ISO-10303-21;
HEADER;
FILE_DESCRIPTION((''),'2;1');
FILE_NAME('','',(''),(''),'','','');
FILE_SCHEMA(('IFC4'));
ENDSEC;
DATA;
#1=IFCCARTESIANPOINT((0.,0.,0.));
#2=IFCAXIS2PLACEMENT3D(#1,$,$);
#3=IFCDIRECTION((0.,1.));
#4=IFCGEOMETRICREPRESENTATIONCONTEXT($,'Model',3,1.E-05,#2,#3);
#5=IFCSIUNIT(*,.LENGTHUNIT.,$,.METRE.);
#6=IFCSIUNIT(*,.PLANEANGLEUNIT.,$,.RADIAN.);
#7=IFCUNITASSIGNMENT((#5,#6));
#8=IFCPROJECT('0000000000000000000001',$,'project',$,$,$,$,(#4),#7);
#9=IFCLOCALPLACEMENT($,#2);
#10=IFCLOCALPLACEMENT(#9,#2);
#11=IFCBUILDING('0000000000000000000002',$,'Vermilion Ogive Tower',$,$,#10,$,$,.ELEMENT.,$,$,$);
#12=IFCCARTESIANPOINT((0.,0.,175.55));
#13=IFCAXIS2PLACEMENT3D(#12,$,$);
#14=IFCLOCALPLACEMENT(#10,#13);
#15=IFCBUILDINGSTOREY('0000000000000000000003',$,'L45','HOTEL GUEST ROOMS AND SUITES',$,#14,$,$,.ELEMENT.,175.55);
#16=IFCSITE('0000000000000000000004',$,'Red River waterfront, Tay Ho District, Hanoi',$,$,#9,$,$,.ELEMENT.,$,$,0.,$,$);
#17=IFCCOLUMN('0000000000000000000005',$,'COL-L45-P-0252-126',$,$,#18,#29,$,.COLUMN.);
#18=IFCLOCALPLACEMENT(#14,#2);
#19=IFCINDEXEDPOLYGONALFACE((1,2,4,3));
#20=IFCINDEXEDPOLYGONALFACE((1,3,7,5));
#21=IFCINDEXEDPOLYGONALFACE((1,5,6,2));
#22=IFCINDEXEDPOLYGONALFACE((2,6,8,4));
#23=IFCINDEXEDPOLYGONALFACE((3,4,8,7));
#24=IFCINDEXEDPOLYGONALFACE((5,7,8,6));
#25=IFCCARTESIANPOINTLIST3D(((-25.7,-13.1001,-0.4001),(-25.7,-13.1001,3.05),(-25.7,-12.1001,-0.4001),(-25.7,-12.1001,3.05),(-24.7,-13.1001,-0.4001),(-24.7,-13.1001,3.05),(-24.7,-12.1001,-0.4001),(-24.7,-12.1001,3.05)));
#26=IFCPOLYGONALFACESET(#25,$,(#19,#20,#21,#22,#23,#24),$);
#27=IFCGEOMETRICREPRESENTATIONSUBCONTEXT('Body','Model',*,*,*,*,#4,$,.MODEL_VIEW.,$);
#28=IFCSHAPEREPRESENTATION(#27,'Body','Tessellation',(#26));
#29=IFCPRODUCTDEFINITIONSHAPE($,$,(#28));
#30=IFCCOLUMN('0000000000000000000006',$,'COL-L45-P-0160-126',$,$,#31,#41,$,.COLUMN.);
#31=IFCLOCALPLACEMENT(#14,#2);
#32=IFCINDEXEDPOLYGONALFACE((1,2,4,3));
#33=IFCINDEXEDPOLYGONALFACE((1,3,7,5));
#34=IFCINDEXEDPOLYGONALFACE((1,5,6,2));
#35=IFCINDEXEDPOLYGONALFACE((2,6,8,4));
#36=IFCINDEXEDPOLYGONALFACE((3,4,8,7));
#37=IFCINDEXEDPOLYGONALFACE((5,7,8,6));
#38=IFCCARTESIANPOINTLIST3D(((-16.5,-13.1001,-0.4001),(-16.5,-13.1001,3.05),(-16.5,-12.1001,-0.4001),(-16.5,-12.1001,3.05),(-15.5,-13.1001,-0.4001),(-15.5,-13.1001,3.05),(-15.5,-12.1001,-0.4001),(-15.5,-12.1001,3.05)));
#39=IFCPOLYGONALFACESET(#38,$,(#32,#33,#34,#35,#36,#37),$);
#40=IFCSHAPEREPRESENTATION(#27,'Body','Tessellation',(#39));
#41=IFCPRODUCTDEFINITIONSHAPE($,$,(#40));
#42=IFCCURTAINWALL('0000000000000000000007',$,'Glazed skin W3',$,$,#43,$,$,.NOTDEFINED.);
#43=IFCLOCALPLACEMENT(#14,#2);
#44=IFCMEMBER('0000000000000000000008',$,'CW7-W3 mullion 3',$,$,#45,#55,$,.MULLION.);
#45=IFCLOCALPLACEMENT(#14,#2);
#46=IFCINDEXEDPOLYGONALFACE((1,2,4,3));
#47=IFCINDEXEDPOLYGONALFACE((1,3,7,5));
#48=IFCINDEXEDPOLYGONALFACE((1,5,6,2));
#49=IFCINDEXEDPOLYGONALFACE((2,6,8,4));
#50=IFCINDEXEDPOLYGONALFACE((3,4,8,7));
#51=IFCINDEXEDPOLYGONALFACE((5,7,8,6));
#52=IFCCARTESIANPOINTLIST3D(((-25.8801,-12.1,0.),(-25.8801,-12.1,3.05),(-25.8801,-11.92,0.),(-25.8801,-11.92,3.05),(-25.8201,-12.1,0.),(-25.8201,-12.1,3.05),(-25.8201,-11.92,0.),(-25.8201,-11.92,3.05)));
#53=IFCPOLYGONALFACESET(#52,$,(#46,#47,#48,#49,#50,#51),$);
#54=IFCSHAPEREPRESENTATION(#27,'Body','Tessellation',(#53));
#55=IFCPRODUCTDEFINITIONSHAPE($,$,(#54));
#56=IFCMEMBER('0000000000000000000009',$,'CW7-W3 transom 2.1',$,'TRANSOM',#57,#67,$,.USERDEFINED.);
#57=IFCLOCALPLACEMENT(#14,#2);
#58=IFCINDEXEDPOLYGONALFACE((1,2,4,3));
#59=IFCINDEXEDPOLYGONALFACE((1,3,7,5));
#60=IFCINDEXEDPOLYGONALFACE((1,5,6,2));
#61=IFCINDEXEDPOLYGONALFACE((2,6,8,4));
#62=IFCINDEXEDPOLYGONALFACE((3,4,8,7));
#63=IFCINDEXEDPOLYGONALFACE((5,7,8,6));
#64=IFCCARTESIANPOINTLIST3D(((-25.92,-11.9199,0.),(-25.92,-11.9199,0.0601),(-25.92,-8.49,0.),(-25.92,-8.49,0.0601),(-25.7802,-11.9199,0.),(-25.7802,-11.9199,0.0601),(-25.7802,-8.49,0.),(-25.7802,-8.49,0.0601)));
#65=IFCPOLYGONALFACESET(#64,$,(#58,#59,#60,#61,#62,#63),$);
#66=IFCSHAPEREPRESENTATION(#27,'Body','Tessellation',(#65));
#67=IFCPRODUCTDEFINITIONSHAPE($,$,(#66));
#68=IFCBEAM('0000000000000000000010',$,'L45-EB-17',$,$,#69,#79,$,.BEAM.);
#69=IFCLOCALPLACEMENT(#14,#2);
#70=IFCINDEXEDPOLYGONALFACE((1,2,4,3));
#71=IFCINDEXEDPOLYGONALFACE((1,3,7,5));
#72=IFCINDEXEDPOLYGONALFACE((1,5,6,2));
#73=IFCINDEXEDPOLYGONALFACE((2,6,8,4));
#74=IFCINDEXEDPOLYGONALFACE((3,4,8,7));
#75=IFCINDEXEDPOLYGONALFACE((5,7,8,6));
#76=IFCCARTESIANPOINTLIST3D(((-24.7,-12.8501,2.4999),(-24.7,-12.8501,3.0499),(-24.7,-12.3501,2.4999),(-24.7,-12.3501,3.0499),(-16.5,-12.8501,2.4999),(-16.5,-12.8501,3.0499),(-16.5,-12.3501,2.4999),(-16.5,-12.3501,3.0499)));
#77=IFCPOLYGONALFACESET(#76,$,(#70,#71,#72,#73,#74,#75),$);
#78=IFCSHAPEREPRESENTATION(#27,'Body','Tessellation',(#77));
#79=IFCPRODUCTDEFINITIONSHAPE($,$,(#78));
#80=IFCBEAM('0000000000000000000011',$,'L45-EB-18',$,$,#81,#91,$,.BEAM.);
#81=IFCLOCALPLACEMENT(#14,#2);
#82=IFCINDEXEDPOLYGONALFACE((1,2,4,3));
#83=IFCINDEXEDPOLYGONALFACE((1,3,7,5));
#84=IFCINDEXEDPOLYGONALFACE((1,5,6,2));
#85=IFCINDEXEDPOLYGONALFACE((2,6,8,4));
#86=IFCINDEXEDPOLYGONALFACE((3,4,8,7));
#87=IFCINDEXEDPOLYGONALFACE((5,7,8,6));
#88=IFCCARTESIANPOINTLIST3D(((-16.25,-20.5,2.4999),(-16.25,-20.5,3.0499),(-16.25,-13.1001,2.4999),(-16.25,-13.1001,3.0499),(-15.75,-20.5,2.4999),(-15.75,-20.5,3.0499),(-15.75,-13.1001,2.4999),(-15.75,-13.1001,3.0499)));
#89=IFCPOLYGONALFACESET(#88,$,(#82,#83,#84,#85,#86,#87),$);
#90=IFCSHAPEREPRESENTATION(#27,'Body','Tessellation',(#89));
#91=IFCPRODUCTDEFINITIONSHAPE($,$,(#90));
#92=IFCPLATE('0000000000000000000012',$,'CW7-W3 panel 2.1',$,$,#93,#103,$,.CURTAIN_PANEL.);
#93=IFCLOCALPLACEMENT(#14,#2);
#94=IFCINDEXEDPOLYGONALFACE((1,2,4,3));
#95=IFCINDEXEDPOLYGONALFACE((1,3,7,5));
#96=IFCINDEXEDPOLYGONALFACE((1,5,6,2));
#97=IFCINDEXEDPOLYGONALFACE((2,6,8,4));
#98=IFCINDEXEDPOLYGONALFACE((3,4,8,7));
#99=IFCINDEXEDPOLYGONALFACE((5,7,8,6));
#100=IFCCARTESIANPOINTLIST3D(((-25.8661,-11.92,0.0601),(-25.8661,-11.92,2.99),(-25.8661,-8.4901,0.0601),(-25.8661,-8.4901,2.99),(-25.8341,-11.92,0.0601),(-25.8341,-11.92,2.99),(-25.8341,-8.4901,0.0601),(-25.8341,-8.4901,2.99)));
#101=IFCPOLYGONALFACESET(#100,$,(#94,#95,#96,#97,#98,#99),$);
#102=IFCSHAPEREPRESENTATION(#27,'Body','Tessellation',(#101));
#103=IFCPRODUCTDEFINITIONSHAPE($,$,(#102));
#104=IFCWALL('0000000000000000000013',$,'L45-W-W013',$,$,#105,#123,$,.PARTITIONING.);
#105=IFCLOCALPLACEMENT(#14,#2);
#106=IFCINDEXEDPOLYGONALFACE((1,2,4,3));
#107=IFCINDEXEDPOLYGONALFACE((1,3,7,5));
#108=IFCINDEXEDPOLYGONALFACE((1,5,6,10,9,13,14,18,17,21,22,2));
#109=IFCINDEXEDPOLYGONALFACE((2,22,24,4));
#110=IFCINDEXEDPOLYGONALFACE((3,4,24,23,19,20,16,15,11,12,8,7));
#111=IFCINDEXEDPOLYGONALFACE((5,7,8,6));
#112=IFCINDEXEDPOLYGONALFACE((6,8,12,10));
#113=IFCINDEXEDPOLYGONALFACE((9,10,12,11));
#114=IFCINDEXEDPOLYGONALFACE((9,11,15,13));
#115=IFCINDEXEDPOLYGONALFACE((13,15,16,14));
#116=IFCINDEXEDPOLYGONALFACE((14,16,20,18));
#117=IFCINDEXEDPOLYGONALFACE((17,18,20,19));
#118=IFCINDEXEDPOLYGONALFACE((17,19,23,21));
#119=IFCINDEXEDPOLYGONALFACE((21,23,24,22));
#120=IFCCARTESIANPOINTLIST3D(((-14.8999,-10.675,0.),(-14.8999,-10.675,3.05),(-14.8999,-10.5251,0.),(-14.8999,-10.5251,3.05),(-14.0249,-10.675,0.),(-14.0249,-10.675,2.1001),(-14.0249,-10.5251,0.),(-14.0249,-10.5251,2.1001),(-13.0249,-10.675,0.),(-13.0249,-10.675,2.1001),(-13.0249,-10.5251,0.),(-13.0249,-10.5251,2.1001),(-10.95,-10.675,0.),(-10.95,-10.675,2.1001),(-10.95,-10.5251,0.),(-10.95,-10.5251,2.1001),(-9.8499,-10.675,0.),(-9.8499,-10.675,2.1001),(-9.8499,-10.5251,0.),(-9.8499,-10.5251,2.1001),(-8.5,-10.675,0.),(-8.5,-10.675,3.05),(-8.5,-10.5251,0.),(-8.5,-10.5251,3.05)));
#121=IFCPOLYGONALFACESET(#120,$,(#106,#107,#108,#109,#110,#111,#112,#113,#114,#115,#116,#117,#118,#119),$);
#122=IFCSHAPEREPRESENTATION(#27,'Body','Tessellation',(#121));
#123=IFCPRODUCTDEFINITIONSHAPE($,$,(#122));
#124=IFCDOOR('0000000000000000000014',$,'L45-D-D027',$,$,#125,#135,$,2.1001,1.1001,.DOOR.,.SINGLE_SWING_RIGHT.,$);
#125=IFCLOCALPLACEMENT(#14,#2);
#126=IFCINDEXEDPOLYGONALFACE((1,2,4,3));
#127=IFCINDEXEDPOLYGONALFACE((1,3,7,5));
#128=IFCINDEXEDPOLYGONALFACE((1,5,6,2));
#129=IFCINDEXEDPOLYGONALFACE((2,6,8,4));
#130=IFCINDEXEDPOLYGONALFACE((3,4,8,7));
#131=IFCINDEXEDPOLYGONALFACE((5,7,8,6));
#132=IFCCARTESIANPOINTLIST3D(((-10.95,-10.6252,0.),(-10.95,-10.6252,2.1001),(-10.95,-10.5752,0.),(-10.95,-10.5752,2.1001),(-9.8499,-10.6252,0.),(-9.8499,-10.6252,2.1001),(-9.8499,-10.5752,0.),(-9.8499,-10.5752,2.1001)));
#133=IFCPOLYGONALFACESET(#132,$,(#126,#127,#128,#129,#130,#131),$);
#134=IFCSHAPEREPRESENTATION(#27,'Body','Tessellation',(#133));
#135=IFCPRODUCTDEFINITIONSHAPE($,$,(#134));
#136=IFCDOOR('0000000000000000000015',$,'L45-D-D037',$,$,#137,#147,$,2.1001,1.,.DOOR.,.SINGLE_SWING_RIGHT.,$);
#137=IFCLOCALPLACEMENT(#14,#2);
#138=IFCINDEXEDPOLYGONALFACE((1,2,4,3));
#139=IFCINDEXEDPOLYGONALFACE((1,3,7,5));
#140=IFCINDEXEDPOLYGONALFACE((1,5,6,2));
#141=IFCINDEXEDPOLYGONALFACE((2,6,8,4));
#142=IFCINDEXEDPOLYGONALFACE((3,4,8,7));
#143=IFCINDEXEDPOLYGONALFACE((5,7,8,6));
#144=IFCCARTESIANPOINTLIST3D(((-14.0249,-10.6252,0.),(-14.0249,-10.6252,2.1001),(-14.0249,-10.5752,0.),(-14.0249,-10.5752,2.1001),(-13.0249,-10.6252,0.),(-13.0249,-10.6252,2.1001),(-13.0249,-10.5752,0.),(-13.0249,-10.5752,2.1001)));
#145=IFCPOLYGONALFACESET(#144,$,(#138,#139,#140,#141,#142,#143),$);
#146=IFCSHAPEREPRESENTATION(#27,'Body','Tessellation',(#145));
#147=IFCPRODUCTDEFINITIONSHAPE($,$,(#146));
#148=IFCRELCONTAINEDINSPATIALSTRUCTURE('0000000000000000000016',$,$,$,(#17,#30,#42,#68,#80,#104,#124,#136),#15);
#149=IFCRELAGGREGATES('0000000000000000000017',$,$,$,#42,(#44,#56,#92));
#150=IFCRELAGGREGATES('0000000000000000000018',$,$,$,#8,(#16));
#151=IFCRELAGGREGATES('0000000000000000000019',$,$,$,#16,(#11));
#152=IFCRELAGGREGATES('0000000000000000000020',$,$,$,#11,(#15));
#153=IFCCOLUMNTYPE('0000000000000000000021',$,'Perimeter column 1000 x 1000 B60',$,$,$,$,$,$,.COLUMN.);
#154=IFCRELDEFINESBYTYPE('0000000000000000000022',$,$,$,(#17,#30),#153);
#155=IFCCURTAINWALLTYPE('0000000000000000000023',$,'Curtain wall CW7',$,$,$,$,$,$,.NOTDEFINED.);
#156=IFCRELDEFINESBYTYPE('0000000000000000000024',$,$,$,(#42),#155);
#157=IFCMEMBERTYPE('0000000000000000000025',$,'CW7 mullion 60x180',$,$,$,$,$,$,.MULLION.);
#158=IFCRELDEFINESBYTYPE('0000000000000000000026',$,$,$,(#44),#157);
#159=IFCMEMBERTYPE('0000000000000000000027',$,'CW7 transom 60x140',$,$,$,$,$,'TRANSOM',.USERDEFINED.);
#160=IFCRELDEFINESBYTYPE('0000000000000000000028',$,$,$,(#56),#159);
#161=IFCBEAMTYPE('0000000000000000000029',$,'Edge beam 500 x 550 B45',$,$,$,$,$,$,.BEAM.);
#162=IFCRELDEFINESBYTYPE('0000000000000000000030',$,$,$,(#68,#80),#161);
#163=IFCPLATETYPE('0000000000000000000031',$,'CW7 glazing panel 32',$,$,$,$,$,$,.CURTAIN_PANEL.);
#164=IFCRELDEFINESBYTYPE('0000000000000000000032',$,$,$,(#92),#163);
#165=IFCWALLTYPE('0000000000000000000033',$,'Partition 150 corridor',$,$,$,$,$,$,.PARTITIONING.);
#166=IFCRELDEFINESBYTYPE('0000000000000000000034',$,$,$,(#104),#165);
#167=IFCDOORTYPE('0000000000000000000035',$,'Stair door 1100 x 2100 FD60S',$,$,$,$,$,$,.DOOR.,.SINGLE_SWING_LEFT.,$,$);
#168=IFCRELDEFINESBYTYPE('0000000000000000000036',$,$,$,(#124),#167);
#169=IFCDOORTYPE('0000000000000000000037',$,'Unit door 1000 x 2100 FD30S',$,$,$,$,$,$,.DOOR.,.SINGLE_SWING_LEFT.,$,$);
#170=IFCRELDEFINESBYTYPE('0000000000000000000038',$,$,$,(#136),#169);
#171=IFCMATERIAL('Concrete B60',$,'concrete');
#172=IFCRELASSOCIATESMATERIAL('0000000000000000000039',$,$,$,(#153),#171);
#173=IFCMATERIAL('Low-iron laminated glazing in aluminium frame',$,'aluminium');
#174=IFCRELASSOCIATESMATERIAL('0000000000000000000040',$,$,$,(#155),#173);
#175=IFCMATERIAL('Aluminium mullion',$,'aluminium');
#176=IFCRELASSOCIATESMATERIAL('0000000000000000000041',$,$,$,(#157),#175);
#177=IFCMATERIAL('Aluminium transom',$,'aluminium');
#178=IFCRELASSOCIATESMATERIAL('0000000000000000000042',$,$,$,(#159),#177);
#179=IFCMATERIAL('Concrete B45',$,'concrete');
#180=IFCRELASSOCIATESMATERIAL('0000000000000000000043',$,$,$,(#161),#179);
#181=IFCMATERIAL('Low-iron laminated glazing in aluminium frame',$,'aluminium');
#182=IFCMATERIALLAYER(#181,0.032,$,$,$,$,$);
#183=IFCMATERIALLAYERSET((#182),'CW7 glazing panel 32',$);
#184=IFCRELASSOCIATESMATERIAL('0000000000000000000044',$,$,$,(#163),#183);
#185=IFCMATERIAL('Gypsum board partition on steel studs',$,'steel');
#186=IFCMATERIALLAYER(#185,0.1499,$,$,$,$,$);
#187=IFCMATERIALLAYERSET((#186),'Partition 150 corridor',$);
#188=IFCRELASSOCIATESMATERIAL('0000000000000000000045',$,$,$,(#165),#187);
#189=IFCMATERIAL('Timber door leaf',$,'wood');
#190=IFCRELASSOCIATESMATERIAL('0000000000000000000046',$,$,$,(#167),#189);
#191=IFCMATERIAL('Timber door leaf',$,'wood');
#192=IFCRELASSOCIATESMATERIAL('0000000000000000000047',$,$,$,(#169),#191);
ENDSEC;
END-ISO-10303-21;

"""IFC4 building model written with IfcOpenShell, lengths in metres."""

from ifc_helpers import new_model, si_unit, direction, frame, frame_2d, origin, origin_2d, place, context, subcontext, project, spatial, rectangle, extrude, material, layer, layer_set, material_profile, profile_set, type_object, element, fill, aggregate, save


model = new_model("IFC4")

# Units and contexts
model_context = context("Model", 3, precision=1e-05, world=origin(), true_north=direction((0.0, 1.0)))
body_context = subcontext(model_context, "Body", "Model", "MODEL_VIEW")
ifc_project = project(units=[si_unit("LENGTHUNIT", "METRE"), si_unit("PLANEANGLEUNIT", "RADIAN")], contexts=[model_context])

# Site, building, storey
site_placement = place(None, origin())
site = spatial("IfcSite", under=ifc_project, at=site_placement, Name="Red River waterfront, Tay Ho District, Hanoi", CompositionType="ELEMENT", RefElevation=0.0)
building_placement = place(site_placement, origin())
building = spatial("IfcBuilding", under=site, at=building_placement, Name="Vermilion Ogive Tower", CompositionType="ELEMENT")
storey_placement = place(building_placement, frame((0.0, 0.0, 175.55)))
storey = spatial("IfcBuildingStorey", under=building, at=storey_placement, Name="L45", Description="HOTEL GUEST ROOMS AND SUITES", CompositionType="ELEMENT", Elevation=175.55)

# Columns
ifc_material_1 = material(Name="Concrete B60", Category="concrete")
ifc_material_profile_1 = material_profile(ifc_material_1, rectangle(XDim=1.0, YDim=1.0, at=origin_2d()), Name="1000 x 1000")
ifc_profile_set_1 = profile_set([ifc_material_profile_1], Name="Concrete B60")
column_type = type_object("IfcColumnType", Name="Perimeter column 1000 x 1000 B60", PredefinedType="COLUMN", material=ifc_profile_set_1)
for number, where, z_axis, x_axis, name in (
    (1, (-25.2, -12.6001, -0.4001), (0.0, 0.0, 1.0), (1.0, 0.0, 0.0), "COL-L45-P-0252-126"),
    (2, (-16.0, -12.6001, -0.4001), (0.0, 0.0, 1.0), (1.0, 0.0, 0.0), "COL-L45-P-0160-126"),
):
    element("IfcColumn", number, at=place(storey_placement, frame(where, z_axis=z_axis, x_axis=x_axis)), inside=storey, type_object=column_type, Name=name, PredefinedType="COLUMN", context=body_context, shape_type="SweptSolid", body=[
        extrude(rectangle(XDim=1.0, YDim=1.0, at=origin_2d()), origin(), (0.0, 0.0, 1.0), 3.4502),
    ])

# Curtain wall, members
ifc_material_2 = material(Name="Low-iron laminated glazing in aluminium frame", Category="aluminium")
curtain_wall_type = type_object("IfcCurtainWallType", Name="Curtain wall CW7", PredefinedType="NOTDEFINED", material=ifc_material_2)
curtain_wall_placement = place(storey_placement, origin())
curtain_wall = element("IfcCurtainWall", 3, at=curtain_wall_placement, inside=storey, type_object=curtain_wall_type, Name="Glazed skin W3", PredefinedType="NOTDEFINED")
ifc_material_3 = material(Name="Aluminium mullion", Category="aluminium")
ifc_material_profile_2 = material_profile(ifc_material_3, rectangle(XDim=0.0601, YDim=0.1799, at=origin_2d()), Name="AL 60x180")
ifc_profile_set_2 = profile_set([ifc_material_profile_2], Name="Aluminium mullion")
member_type_1 = type_object("IfcMemberType", Name="CW7 mullion 60x180", PredefinedType="MULLION", material=ifc_profile_set_2)
member_1_placement = place(storey_placement, frame((-25.8501, -12.01, 0.0), z_axis=(0.0, 0.0, 1.0), x_axis=(1.0, 0.0, 0.0)))
member_1 = element("IfcMember", 4, at=member_1_placement, type_object=member_type_1, Name="CW7-W3 mullion 3", PredefinedType="MULLION", context=body_context, shape_type="SweptSolid", body=[
    extrude(rectangle(XDim=0.0601, YDim=0.1799, at=origin_2d()), origin(), (0.0, 0.0, 1.0), 3.05),
])
ifc_material_4 = material(Name="Aluminium transom", Category="aluminium")
ifc_material_profile_3 = material_profile(ifc_material_4, rectangle(XDim=0.1399, YDim=0.0601, at=origin_2d()), Name="AL 60x140")
ifc_profile_set_3 = profile_set([ifc_material_profile_3], Name="Aluminium transom")
member_type_2 = type_object("IfcMemberType", Name="CW7 transom 60x140", ElementType="TRANSOM", PredefinedType="USERDEFINED", material=ifc_profile_set_3)
member_2_placement = place(storey_placement, frame((-25.8501, -8.49, 0.03), z_axis=(0.0, -1.0, 0.0), x_axis=(1.0, 0.0, 0.0)))
member_2 = element("IfcMember", 5, at=member_2_placement, type_object=member_type_2, Name="CW7-W3 transom 2.1", ObjectType="TRANSOM", PredefinedType="USERDEFINED", context=body_context, shape_type="SweptSolid", body=[
    extrude(rectangle(XDim=0.1399, YDim=0.0601, at=origin_2d()), origin(), (0.0, 0.0, 1.0), 3.4299),
])

# Beams
ifc_material_5 = material(Name="Concrete B45", Category="concrete")
ifc_material_profile_4 = material_profile(ifc_material_5, rectangle(XDim=0.5, YDim=0.55, at=origin_2d()), Name="500 x 550")
ifc_profile_set_4 = profile_set([ifc_material_profile_4], Name="Concrete B45")
beam_type = type_object("IfcBeamType", Name="Edge beam 500 x 550 B45", PredefinedType="BEAM", material=ifc_profile_set_4)
beam_1_placement = place(storey_placement, frame((-24.7, -12.6001, 2.7749), z_axis=(1.0, 0.0, 0.0), x_axis=(0.0, 1.0, 0.0)))
element("IfcBeam", 6, at=beam_1_placement, inside=storey, type_object=beam_type, Name="L45-EB-17", PredefinedType="BEAM", context=body_context, shape_type="SweptSolid", body=[
    extrude(rectangle(XDim=0.5, YDim=0.55, at=origin_2d()), origin(), (0.0, 0.0, 1.0), 8.2),
])
beam_2_placement = place(storey_placement, frame((-16.0, -13.1001, 2.7749), z_axis=(0.0, -1.0, 0.0), x_axis=(1.0, 0.0, 0.0)))
element("IfcBeam", 7, at=beam_2_placement, inside=storey, type_object=beam_type, Name="L45-EB-18", PredefinedType="BEAM", context=body_context, shape_type="SweptSolid", body=[
    extrude(rectangle(XDim=0.5, YDim=0.55, at=origin_2d()), origin(), (0.0, 0.0, 1.0), 7.3999),
])

# Plate
ifc_material_6 = material(Name="Low-iron laminated glazing in aluminium frame", Category="aluminium")
ifc_layer_1 = layer(ifc_material_6, 0.032)
ifc_layer_set_1 = layer_set([ifc_layer_1], Name="CW7 glazing panel 32")
plate_type = type_object("IfcPlateType", Name="CW7 glazing panel 32", PredefinedType="CURTAIN_PANEL", material=ifc_layer_set_1)
plate_placement = place(storey_placement, frame((-25.8501, -10.2051, 0.0601), z_axis=(0.0, 0.0, 1.0), x_axis=(0.0, -1.0, 0.0)))
plate = element("IfcPlate", 8, at=plate_placement, type_object=plate_type, Name="CW7-W3 panel 2.1", PredefinedType="CURTAIN_PANEL", context=body_context, shape_type="SweptSolid", body=[
    extrude(rectangle(XDim=3.4299, YDim=0.032, at=origin_2d()), origin(), (0.0, 0.0, 1.0), 2.9299),
])
aggregate(curtain_wall, [member_1, member_2, plate])

# Wall, openings, doors
ifc_material_7 = material(Name="Gypsum board partition on steel studs", Category="steel")
ifc_layer_2 = layer(ifc_material_7, 0.1499)
ifc_layer_set_2 = layer_set([ifc_layer_2], Name="Partition 150 corridor")
wall_type_1 = type_object("IfcWallType", Name="Partition 150 corridor", PredefinedType="PARTITIONING", material=ifc_layer_set_2)
wall_1_placement = place(storey_placement, frame((-14.8999, -10.6001, 0.0), z_axis=(0.0, 0.0, 1.0), x_axis=(1.0, 0.0, 0.0)))
wall_1 = element("IfcWall", 9, at=wall_1_placement, inside=storey, type_object=wall_type_1, Name="L45-W-W013", PredefinedType="PARTITIONING", context=body_context, shape_type="SweptSolid", body=[
    extrude(rectangle(XDim=6.3999, YDim=0.1499, at=frame_2d((3.2, 0.0))), origin(), (0.0, 0.0, 1.0), 3.05),
])
opening_1_placement = place(wall_1_placement, frame((3.95, 0.0, 0.0)))
opening_1 = element("IfcOpeningElement", 10, at=opening_1_placement, cuts=wall_1, PredefinedType="OPENING", context=body_context, shape_type="SweptSolid", body=[
    extrude(rectangle(XDim=1.1001, YDim=2.1001, at=frame_2d((0.55, 1.05))), frame((0.0, 0.085, 0.0), z_axis=(0.0, -1.0, 0.0), x_axis=(1.0, 0.0, 0.0)), (0.0, 0.0, 1.0), 0.1699),
])
opening_2_placement = place(wall_1_placement, frame((0.875, 0.0, 0.0)))
opening_2 = element("IfcOpeningElement", 11, at=opening_2_placement, cuts=wall_1, PredefinedType="OPENING", context=body_context, shape_type="SweptSolid", body=[
    extrude(rectangle(XDim=1.0, YDim=2.1001, at=frame_2d((0.5, 1.05))), frame((0.0, 0.085, 0.0), z_axis=(0.0, -1.0, 0.0), x_axis=(1.0, 0.0, 0.0)), (0.0, 0.0, 1.0), 0.1699),
])
ifc_material_8 = material(Name="Timber door leaf", Category="wood")
door_type_1 = type_object("IfcDoorType", Name="Stair door 1100 x 2100 FD60S", OperationType="SINGLE_SWING_LEFT", PredefinedType="DOOR", material=ifc_material_8)
door_1_placement = place(opening_1_placement, origin())
door_1 = element("IfcDoor", 12, at=door_1_placement, inside=storey, type_object=door_type_1, Name="L45-D-D027", OperationType="SINGLE_SWING_RIGHT", OverallHeight=2.1001, OverallWidth=1.1001, PredefinedType="DOOR", context=body_context, shape_type="SweptSolid", body=[
    extrude(rectangle(XDim=1.1001, YDim=2.1001, at=frame_2d((0.55, 1.05))), frame((0.0, 0.0249, 0.0), z_axis=(0.0, -1.0, 0.0), x_axis=(1.0, 0.0, 0.0)), (0.0, 0.0, 1.0), 0.05),
])
fill(opening_1, door_1)
ifc_material_9 = material(Name="Timber door leaf", Category="wood")
door_type_2 = type_object("IfcDoorType", Name="Unit door 1000 x 2100 FD30S", OperationType="SINGLE_SWING_LEFT", PredefinedType="DOOR", material=ifc_material_9)
door_2_placement = place(opening_2_placement, origin())
door_2 = element("IfcDoor", 13, at=door_2_placement, inside=storey, type_object=door_type_2, Name="L45-D-D037", OperationType="SINGLE_SWING_RIGHT", OverallHeight=2.1001, OverallWidth=1.0, PredefinedType="DOOR", context=body_context, shape_type="SweptSolid", body=[
    extrude(rectangle(XDim=1.0, YDim=2.1001, at=frame_2d((0.5, 1.05))), frame((0.0, 0.0249, 0.0), z_axis=(0.0, -1.0, 0.0), x_axis=(1.0, 0.0, 0.0)), (0.0, 0.0, 1.0), 0.05),
])
fill(opening_2, door_2)

save(model, "model.ifc")
